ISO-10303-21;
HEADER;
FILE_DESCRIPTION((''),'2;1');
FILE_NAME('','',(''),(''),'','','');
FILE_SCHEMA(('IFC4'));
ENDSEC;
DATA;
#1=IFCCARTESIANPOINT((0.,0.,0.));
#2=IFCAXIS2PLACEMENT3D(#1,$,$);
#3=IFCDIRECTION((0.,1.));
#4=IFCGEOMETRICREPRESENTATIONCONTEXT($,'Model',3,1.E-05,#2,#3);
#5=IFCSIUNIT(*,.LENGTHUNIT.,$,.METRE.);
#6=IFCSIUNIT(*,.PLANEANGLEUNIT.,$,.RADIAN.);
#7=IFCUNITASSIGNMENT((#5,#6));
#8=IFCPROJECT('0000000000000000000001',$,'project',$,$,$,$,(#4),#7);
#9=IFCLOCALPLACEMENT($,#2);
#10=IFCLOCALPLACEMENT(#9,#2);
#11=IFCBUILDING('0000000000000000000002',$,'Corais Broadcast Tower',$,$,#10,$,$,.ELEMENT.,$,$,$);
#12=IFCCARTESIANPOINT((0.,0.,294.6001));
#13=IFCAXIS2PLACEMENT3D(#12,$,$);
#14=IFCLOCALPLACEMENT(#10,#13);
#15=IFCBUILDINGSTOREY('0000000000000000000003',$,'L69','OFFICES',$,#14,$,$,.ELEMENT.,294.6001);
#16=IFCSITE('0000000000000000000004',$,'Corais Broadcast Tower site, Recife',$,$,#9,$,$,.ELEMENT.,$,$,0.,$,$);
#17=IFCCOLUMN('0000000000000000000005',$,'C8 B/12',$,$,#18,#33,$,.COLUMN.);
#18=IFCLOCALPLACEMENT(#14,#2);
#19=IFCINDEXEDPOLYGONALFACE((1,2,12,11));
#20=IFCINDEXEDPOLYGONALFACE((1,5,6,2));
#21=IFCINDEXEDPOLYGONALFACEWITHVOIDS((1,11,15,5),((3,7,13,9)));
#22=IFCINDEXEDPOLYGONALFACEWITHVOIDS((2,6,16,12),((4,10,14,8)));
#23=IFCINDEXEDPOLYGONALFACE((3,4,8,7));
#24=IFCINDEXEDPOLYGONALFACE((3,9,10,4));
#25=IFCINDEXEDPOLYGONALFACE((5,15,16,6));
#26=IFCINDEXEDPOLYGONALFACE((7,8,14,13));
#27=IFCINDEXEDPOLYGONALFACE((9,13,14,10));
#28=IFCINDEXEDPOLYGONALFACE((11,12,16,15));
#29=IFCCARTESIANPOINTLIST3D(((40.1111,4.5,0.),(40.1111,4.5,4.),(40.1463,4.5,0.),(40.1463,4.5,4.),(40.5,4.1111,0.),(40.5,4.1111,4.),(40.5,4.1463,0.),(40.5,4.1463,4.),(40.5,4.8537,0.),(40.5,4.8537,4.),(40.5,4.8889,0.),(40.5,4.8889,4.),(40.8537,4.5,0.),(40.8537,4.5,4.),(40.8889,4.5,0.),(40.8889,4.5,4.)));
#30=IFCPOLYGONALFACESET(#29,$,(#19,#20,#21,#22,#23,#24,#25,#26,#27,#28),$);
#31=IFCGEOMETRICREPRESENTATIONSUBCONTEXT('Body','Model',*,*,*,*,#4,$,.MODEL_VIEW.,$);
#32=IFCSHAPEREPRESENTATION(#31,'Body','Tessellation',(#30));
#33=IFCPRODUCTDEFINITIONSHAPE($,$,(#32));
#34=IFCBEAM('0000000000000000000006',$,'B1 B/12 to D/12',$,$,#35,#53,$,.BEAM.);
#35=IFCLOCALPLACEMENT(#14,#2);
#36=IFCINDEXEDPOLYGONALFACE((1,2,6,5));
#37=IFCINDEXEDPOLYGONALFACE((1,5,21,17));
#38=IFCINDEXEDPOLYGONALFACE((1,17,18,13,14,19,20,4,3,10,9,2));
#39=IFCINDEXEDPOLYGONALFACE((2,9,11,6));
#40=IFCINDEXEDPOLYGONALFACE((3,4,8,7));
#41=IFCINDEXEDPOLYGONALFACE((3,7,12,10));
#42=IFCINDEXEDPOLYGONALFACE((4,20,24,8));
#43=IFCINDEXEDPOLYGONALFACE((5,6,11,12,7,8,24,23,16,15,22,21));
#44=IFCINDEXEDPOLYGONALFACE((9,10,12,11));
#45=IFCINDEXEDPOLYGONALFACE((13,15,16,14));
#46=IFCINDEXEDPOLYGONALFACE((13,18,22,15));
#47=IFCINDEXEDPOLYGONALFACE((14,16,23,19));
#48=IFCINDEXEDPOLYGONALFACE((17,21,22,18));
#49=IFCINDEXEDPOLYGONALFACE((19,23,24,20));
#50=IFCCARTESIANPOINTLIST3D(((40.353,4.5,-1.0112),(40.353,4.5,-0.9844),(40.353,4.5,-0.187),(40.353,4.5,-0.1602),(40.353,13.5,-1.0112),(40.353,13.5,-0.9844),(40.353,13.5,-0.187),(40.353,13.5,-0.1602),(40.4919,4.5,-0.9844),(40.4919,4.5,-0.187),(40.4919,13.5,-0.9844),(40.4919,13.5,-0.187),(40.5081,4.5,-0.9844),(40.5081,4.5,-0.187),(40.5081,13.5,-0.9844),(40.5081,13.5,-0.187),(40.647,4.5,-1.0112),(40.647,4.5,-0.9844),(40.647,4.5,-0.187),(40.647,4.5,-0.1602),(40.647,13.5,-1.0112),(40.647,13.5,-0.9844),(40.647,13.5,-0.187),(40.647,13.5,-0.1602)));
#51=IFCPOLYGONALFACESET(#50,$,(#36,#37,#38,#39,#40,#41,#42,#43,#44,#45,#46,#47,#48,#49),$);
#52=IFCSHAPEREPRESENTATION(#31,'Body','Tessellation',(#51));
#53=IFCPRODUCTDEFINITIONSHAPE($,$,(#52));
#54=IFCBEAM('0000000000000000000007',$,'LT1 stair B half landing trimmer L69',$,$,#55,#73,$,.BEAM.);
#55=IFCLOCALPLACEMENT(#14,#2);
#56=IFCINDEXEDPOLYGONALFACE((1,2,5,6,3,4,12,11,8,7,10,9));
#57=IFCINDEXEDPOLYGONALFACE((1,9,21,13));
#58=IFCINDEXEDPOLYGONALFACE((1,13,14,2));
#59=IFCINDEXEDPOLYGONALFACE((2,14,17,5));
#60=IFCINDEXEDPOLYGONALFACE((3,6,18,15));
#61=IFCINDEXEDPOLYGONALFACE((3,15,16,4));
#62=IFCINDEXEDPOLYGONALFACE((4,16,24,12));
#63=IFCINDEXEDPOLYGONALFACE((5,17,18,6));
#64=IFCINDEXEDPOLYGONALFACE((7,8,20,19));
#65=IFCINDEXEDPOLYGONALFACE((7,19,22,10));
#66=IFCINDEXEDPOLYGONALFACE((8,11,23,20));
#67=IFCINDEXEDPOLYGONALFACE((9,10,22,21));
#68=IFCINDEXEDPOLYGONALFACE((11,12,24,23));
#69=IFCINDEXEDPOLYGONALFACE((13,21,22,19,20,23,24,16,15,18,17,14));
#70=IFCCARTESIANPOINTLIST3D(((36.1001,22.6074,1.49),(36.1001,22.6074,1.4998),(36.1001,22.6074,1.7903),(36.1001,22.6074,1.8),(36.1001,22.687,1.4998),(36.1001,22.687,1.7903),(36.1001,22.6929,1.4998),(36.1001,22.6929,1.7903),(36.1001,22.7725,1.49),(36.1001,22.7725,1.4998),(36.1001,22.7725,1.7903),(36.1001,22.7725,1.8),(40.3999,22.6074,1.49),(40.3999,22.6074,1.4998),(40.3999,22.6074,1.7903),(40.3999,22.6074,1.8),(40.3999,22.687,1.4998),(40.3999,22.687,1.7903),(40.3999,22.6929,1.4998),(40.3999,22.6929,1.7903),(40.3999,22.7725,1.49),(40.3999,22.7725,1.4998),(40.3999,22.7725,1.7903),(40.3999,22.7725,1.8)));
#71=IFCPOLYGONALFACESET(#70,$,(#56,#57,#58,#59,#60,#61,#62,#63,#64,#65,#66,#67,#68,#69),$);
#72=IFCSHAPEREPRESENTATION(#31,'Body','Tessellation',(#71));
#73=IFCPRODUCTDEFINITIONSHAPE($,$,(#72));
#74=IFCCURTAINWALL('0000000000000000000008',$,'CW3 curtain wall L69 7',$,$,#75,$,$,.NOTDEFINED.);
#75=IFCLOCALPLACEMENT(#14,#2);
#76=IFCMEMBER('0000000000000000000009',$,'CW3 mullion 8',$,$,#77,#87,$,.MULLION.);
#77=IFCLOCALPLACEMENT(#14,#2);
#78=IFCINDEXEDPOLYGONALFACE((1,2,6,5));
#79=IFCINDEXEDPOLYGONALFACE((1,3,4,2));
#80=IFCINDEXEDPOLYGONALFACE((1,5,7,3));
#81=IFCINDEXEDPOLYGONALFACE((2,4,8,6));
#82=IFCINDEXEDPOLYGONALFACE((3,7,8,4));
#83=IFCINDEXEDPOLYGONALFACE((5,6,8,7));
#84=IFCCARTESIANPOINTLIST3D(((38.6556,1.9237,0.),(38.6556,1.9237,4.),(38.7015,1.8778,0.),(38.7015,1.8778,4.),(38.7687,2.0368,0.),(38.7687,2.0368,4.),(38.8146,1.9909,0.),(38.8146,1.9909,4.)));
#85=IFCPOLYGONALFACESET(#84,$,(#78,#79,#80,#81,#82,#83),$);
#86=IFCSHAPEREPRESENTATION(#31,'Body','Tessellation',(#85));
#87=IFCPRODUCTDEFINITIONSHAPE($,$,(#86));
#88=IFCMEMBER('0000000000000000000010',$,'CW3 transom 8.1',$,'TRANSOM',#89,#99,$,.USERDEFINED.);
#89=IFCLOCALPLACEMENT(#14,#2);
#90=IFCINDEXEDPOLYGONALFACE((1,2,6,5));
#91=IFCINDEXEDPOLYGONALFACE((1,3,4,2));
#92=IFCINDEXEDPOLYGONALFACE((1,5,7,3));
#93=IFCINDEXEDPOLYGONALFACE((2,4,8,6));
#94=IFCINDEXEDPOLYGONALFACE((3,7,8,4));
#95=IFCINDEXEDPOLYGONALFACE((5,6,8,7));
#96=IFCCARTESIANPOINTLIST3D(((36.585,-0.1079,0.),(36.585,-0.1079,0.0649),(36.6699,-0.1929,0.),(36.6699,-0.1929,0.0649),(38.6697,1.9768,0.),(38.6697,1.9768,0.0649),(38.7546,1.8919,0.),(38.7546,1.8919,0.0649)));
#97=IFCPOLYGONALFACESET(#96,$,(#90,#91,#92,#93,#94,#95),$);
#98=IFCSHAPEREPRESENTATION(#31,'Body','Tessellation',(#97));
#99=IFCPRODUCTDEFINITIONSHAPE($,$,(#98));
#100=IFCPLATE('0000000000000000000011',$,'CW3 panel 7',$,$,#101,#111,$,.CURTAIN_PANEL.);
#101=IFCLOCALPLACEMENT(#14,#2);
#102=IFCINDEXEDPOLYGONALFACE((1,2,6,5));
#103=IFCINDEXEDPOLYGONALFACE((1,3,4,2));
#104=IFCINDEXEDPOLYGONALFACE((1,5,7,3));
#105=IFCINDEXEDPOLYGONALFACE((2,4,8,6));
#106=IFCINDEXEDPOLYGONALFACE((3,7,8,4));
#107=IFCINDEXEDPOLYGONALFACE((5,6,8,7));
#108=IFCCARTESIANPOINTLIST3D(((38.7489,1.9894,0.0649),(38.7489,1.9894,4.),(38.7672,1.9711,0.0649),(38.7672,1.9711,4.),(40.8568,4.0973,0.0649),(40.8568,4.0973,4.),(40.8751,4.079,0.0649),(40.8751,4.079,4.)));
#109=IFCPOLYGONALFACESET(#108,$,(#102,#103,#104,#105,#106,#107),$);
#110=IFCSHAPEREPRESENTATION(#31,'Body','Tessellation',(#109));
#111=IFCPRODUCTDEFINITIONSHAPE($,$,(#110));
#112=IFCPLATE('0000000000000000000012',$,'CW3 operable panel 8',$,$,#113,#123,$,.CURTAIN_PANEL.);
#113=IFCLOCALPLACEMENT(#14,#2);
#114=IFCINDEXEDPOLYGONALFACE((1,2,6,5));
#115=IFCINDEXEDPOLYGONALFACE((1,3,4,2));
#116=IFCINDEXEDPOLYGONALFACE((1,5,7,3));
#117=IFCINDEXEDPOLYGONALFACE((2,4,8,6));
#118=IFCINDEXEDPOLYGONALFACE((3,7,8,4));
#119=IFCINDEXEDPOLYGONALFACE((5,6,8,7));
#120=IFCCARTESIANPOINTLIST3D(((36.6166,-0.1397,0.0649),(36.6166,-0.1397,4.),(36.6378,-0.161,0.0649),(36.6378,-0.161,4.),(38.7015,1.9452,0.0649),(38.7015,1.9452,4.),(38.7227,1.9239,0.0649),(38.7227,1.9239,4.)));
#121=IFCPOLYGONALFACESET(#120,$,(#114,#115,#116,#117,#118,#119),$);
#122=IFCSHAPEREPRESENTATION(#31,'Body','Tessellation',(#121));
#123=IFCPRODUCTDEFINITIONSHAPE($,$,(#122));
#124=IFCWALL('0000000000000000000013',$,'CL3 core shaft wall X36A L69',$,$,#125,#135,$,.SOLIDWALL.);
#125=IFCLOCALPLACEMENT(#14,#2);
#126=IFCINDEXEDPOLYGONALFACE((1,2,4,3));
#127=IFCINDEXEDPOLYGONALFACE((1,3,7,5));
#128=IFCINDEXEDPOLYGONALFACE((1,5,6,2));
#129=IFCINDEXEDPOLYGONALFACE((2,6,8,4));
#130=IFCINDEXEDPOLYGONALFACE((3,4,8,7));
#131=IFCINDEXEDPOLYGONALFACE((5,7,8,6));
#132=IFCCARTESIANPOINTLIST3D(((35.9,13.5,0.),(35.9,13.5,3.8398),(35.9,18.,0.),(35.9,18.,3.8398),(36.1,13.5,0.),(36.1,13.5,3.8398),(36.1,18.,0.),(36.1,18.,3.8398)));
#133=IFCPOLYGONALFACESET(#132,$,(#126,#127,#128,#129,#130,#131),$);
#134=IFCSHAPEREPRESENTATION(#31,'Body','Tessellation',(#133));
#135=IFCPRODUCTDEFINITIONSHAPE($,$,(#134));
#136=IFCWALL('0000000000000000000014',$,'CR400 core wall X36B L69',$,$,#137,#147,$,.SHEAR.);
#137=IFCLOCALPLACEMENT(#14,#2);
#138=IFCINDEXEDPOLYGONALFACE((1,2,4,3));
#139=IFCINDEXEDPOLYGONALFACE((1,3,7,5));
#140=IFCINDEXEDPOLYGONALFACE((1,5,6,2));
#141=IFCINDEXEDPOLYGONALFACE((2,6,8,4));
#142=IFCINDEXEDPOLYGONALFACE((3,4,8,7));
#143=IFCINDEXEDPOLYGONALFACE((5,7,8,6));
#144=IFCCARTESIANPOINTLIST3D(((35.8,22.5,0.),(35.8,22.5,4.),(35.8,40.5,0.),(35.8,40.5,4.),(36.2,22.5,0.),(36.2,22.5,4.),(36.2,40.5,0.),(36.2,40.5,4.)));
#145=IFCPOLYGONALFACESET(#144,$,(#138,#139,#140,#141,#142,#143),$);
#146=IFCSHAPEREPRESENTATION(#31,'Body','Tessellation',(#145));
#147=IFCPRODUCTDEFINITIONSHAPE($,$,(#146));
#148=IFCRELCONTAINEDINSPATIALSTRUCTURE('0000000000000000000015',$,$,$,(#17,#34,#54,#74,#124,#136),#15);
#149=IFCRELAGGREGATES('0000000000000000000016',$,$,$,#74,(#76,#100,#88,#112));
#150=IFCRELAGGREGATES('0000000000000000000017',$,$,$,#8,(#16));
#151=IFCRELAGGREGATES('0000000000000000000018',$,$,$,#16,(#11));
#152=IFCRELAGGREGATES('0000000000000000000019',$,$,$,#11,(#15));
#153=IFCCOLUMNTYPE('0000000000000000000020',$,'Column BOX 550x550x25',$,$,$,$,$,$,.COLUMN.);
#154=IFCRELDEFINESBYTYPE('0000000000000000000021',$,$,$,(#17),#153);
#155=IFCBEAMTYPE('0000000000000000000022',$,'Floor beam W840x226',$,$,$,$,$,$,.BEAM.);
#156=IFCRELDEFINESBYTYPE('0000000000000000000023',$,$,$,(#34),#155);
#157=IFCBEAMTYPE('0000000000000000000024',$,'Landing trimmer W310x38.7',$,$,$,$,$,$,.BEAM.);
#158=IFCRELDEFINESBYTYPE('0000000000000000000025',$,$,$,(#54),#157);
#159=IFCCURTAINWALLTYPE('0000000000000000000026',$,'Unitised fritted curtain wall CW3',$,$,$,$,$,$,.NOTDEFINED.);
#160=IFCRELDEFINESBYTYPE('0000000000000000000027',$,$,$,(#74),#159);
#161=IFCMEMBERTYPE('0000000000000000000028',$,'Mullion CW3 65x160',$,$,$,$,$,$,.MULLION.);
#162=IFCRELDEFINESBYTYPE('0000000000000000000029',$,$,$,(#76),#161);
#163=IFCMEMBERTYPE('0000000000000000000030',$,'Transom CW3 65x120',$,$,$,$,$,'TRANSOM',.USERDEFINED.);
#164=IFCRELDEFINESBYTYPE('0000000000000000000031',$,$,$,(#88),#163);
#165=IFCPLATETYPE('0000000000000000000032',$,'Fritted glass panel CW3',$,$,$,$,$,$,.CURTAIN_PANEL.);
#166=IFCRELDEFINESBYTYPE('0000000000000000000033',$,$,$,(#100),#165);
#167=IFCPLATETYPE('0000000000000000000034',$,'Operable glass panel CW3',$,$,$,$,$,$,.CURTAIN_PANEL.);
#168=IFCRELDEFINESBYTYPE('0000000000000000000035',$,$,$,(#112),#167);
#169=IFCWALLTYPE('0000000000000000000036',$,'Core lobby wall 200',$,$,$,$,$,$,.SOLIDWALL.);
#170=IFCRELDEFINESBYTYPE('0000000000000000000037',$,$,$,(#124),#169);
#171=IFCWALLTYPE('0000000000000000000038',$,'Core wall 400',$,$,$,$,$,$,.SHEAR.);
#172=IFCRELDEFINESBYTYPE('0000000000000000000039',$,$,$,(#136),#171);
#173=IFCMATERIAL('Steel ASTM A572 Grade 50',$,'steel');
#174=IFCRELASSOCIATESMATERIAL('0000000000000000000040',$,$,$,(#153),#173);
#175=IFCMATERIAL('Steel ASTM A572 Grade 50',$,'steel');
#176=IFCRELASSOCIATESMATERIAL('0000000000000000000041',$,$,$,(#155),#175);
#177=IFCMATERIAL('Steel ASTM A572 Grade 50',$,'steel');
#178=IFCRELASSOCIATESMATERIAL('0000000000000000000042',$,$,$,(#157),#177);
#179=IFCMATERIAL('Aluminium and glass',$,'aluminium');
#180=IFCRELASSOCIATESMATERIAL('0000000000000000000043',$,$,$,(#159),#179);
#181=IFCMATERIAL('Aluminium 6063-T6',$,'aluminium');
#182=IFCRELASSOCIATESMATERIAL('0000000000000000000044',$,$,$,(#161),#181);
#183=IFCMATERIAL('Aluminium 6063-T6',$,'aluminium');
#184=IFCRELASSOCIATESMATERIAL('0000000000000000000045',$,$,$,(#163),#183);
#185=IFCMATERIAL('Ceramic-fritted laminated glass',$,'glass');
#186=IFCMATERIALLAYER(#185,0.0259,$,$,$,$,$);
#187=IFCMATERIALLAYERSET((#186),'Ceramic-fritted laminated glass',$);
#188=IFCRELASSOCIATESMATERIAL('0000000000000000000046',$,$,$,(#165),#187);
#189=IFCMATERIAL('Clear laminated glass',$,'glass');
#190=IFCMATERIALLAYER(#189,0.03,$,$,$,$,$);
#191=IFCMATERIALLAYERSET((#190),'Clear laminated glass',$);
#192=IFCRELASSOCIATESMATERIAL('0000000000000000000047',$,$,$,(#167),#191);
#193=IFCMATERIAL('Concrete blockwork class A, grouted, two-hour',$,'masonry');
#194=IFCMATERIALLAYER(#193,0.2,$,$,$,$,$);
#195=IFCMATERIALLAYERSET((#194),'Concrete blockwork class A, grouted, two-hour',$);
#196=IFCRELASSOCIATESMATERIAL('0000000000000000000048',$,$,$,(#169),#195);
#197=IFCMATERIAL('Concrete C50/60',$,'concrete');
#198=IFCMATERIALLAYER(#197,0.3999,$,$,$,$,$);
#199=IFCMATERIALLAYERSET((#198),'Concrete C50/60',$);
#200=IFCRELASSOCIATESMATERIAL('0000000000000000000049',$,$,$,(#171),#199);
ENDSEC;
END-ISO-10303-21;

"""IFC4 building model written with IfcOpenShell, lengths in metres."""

from ifc_helpers import new_model, si_unit, direction, frame, frame_2d, origin, origin_2d, place, context, subcontext, project, spatial, rectangle, hollow_rectangle, i_section, extrude, material, layer, layer_set, material_profile, profile_set, type_object, element, aggregate, save


model = new_model("IFC4")

# Units and contexts
model_context = context("Model", 3, precision=1e-05, world=origin(), true_north=direction((0.0, 1.0)))
body_context = subcontext(model_context, "Body", "Model", "MODEL_VIEW")
ifc_project = project(units=[si_unit("LENGTHUNIT", "METRE"), si_unit("PLANEANGLEUNIT", "RADIAN")], contexts=[model_context])

# Site, building, storey
site_placement = place(None, origin())
site = spatial("IfcSite", under=ifc_project, at=site_placement, Name="Corais Broadcast Tower site, Recife", CompositionType="ELEMENT", RefElevation=0.0)
building_placement = place(site_placement, origin())
building = spatial("IfcBuilding", under=site, at=building_placement, Name="Corais Broadcast Tower", CompositionType="ELEMENT")
storey_placement = place(building_placement, frame((0.0, 0.0, 294.6001)))
storey = spatial("IfcBuildingStorey", under=building, at=storey_placement, Name="L69", Description="OFFICES", CompositionType="ELEMENT", Elevation=294.6001)

# Column
ifc_material_1 = material(Name="Steel ASTM A572 Grade 50", Category="steel")
ifc_material_profile_1 = material_profile(ifc_material_1, hollow_rectangle(XDim=0.55, YDim=0.55, WallThickness=0.0249, at=origin_2d()), Name="BOX 550x550x25")
ifc_profile_set_1 = profile_set([ifc_material_profile_1], Name="Steel ASTM A572 Grade 50")
column_type = type_object("IfcColumnType", Name="Column BOX 550x550x25", PredefinedType="COLUMN", material=ifc_profile_set_1)
column_placement = place(storey_placement, frame((40.5, 4.5, 0.0), z_axis=(0.0, 0.0, 1.0), x_axis=(0.707107, 0.707107, 0.0)))
element("IfcColumn", 1, at=column_placement, inside=storey, type_object=column_type, Name="C8 B/12", PredefinedType="COLUMN", context=body_context, shape_type="SweptSolid", body=[
    extrude(hollow_rectangle(XDim=0.55, YDim=0.55, WallThickness=0.0249, at=origin_2d()), origin(), (0.0, 0.0, 1.0), 4.0),
])

# Beams
ifc_material_2 = material(Name="Steel ASTM A572 Grade 50", Category="steel")
ifc_material_profile_2 = material_profile(ifc_material_2, i_section(OverallWidth=0.2939, OverallDepth=0.8511, WebThickness=0.0161, FlangeThickness=0.0269, at=origin_2d()), Name="W840x226")
ifc_profile_set_2 = profile_set([ifc_material_profile_2], Name="Steel ASTM A572 Grade 50")
beam_type_1 = type_object("IfcBeamType", Name="Floor beam W840x226", PredefinedType="BEAM", material=ifc_profile_set_2)
beam_1_placement = place(storey_placement, frame((40.5, 4.5, -0.5857), z_axis=(0.0, 1.0, 0.0), x_axis=(-1.0, 0.0, 0.0)))
element("IfcBeam", 2, at=beam_1_placement, inside=storey, type_object=beam_type_1, Name="B1 B/12 to D/12", PredefinedType="BEAM", context=body_context, shape_type="SweptSolid", body=[
    extrude(i_section(OverallWidth=0.2939, OverallDepth=0.8511, WebThickness=0.0161, FlangeThickness=0.0269, at=origin_2d()), origin(), (0.0, 0.0, 1.0), 9.0),
])
ifc_material_3 = material(Name="Steel ASTM A572 Grade 50", Category="steel")
ifc_material_profile_3 = material_profile(ifc_material_3, i_section(OverallWidth=0.165, OverallDepth=0.3101, WebThickness=0.0059, FlangeThickness=0.0098, at=origin_2d()), Name="W310x38.7")
ifc_profile_set_3 = profile_set([ifc_material_profile_3], Name="Steel ASTM A572 Grade 50")
beam_type_2 = type_object("IfcBeamType", Name="Landing trimmer W310x38.7", PredefinedType="BEAM", material=ifc_profile_set_3)
beam_2_placement = place(storey_placement, frame((36.1001, 22.6899, 1.645), z_axis=(1.0, 0.0, 0.0), x_axis=(0.0, 1.0, 0.0)))
element("IfcBeam", 3, at=beam_2_placement, inside=storey, type_object=beam_type_2, Name="LT1 stair B half landing trimmer L69", PredefinedType="BEAM", context=body_context, shape_type="SweptSolid", body=[
    extrude(i_section(OverallWidth=0.165, OverallDepth=0.3101, WebThickness=0.0059, FlangeThickness=0.0098, at=origin_2d()), origin(), (0.0, 0.0, 1.0), 4.2998),
])

# Curtain wall, members, plates
ifc_material_4 = material(Name="Aluminium and glass", Category="aluminium")
curtain_wall_type = type_object("IfcCurtainWallType", Name="Unitised fritted curtain wall CW3", PredefinedType="NOTDEFINED", material=ifc_material_4)
curtain_wall_placement = place(storey_placement, origin())
curtain_wall = element("IfcCurtainWall", 4, at=curtain_wall_placement, inside=storey, type_object=curtain_wall_type, Name="CW3 curtain wall L69 7", PredefinedType="NOTDEFINED")
ifc_material_5 = material(Name="Aluminium 6063-T6", Category="aluminium")
ifc_material_profile_4 = material_profile(ifc_material_5, rectangle(XDim=0.0649, YDim=0.1599, at=origin_2d()), Name="Mullion CW3 65x160")
ifc_profile_set_4 = profile_set([ifc_material_profile_4], Name="Aluminium 6063-T6")
member_type_1 = type_object("IfcMemberType", Name="Mullion CW3 65x160", PredefinedType="MULLION", material=ifc_profile_set_4)
member_1_placement = place(storey_placement, frame((38.7351, 1.9573, 0.0), z_axis=(0.0, 0.0, 1.0), x_axis=(0.707107, -0.707107, 0.0)))
member_1 = element("IfcMember", 5, at=member_1_placement, type_object=member_type_1, Name="CW3 mullion 8", PredefinedType="MULLION", context=body_context, shape_type="SweptSolid", body=[
    extrude(rectangle(XDim=0.0649, YDim=0.1599, at=origin_2d()), origin(), (0.0, 0.0, 1.0), 4.0),
])
ifc_material_6 = material(Name="Aluminium 6063-T6", Category="aluminium")
ifc_material_profile_5 = material_profile(ifc_material_6, rectangle(XDim=0.1201, YDim=0.0649, at=origin_2d()), Name="Transom CW3 65x120")
ifc_profile_set_5 = profile_set([ifc_material_profile_5], Name="Aluminium 6063-T6")
member_type_2 = type_object("IfcMemberType", Name="Transom CW3 65x120", ElementType="TRANSOM", PredefinedType="USERDEFINED", material=ifc_profile_set_5)
member_2_placement = place(storey_placement, frame((38.7122, 1.9343, 0.0325), z_axis=(-0.707107, -0.707107, 0.0), x_axis=(0.707107, -0.707107, 0.0)))
member_2 = element("IfcMember", 6, at=member_2_placement, type_object=member_type_2, Name="CW3 transom 8.1", ObjectType="TRANSOM", PredefinedType="USERDEFINED", context=body_context, shape_type="SweptSolid", body=[
    extrude(rectangle(XDim=0.1201, YDim=0.0649, at=origin_2d()), origin(), (0.0, 0.0, 1.0), 2.9482),
])
ifc_material_7 = material(Name="Ceramic-fritted laminated glass", Category="glass")
ifc_layer_1 = layer(ifc_material_7, 0.0259)
ifc_layer_set_1 = layer_set([ifc_layer_1], Name="Ceramic-fritted laminated glass")
plate_type_1 = type_object("IfcPlateType", Name="Fritted glass panel CW3", PredefinedType="CURTAIN_PANEL", material=ifc_layer_set_1)
plate_1_placement = place(storey_placement, frame((39.812, 3.0342, 0.0649), z_axis=(0.0, 0.0, 1.0), x_axis=(-0.707107, -0.707107, 0.0)))
plate_1 = element("IfcPlate", 7, at=plate_1_placement, type_object=plate_type_1, Name="CW3 panel 7", PredefinedType="CURTAIN_PANEL", context=body_context, shape_type="SweptSolid", body=[
    extrude(rectangle(XDim=2.981, YDim=0.0259, at=origin_2d()), origin(), (0.0, 0.0, 1.0), 3.9351),
])
ifc_material_8 = material(Name="Clear laminated glass", Category="glass")
ifc_layer_2 = layer(ifc_material_8, 0.03)
ifc_layer_set_2 = layer_set([ifc_layer_2], Name="Clear laminated glass")
plate_type_2 = type_object("IfcPlateType", Name="Operable glass panel CW3", PredefinedType="CURTAIN_PANEL", material=ifc_layer_set_2)
plate_2_placement = place(storey_placement, frame((37.6697, 0.8921, 0.0649), z_axis=(0.0, 0.0, 1.0), x_axis=(-0.707107, -0.707107, 0.0)))
plate_2 = element("IfcPlate", 8, at=plate_2_placement, type_object=plate_type_2, Name="CW3 operable panel 8", PredefinedType="CURTAIN_PANEL", context=body_context, shape_type="SweptSolid", body=[
    extrude(rectangle(XDim=2.9485, YDim=0.03, at=origin_2d()), origin(), (0.0, 0.0, 1.0), 3.9351),
])
aggregate(curtain_wall, [member_1, plate_1, member_2, plate_2])

# Walls
ifc_material_9 = material(Name="Concrete blockwork class A, grouted, two-hour", Category="masonry")
ifc_layer_3 = layer(ifc_material_9, 0.2)
ifc_layer_set_3 = layer_set([ifc_layer_3], Name="Concrete blockwork class A, grouted, two-hour")
wall_type_1 = type_object("IfcWallType", Name="Core lobby wall 200", PredefinedType="SOLIDWALL", material=ifc_layer_set_3)
wall_1_placement = place(storey_placement, frame((36.0, 13.5, 0.0), z_axis=(0.0, 0.0, 1.0), x_axis=(0.0, 1.0, 0.0)))
element("IfcWall", 9, at=wall_1_placement, inside=storey, type_object=wall_type_1, Name="CL3 core shaft wall X36A L69", PredefinedType="SOLIDWALL", context=body_context, shape_type="SweptSolid", body=[
    extrude(rectangle(XDim=4.5, YDim=0.2, at=frame_2d((2.25, 0.0))), origin(), (0.0, 0.0, 1.0), 3.8398),
])
ifc_material_10 = material(Name="Concrete C50/60", Category="concrete")
ifc_layer_4 = layer(ifc_material_10, 0.3999)
ifc_layer_set_4 = layer_set([ifc_layer_4], Name="Concrete C50/60")
wall_type_2 = type_object("IfcWallType", Name="Core wall 400", PredefinedType="SHEAR", material=ifc_layer_set_4)
wall_2_placement = place(storey_placement, frame((36.0, 22.5, 0.0), z_axis=(0.0, 0.0, 1.0), x_axis=(0.0, 1.0, 0.0)))
element("IfcWall", 10, at=wall_2_placement, inside=storey, type_object=wall_type_2, Name="CR400 core wall X36B L69", PredefinedType="SHEAR", context=body_context, shape_type="SweptSolid", body=[
    extrude(rectangle(XDim=18.0, YDim=0.3999, at=frame_2d((9.0, 0.0))), origin(), (0.0, 0.0, 1.0), 4.0),
])

save(model, "model.ifc")
